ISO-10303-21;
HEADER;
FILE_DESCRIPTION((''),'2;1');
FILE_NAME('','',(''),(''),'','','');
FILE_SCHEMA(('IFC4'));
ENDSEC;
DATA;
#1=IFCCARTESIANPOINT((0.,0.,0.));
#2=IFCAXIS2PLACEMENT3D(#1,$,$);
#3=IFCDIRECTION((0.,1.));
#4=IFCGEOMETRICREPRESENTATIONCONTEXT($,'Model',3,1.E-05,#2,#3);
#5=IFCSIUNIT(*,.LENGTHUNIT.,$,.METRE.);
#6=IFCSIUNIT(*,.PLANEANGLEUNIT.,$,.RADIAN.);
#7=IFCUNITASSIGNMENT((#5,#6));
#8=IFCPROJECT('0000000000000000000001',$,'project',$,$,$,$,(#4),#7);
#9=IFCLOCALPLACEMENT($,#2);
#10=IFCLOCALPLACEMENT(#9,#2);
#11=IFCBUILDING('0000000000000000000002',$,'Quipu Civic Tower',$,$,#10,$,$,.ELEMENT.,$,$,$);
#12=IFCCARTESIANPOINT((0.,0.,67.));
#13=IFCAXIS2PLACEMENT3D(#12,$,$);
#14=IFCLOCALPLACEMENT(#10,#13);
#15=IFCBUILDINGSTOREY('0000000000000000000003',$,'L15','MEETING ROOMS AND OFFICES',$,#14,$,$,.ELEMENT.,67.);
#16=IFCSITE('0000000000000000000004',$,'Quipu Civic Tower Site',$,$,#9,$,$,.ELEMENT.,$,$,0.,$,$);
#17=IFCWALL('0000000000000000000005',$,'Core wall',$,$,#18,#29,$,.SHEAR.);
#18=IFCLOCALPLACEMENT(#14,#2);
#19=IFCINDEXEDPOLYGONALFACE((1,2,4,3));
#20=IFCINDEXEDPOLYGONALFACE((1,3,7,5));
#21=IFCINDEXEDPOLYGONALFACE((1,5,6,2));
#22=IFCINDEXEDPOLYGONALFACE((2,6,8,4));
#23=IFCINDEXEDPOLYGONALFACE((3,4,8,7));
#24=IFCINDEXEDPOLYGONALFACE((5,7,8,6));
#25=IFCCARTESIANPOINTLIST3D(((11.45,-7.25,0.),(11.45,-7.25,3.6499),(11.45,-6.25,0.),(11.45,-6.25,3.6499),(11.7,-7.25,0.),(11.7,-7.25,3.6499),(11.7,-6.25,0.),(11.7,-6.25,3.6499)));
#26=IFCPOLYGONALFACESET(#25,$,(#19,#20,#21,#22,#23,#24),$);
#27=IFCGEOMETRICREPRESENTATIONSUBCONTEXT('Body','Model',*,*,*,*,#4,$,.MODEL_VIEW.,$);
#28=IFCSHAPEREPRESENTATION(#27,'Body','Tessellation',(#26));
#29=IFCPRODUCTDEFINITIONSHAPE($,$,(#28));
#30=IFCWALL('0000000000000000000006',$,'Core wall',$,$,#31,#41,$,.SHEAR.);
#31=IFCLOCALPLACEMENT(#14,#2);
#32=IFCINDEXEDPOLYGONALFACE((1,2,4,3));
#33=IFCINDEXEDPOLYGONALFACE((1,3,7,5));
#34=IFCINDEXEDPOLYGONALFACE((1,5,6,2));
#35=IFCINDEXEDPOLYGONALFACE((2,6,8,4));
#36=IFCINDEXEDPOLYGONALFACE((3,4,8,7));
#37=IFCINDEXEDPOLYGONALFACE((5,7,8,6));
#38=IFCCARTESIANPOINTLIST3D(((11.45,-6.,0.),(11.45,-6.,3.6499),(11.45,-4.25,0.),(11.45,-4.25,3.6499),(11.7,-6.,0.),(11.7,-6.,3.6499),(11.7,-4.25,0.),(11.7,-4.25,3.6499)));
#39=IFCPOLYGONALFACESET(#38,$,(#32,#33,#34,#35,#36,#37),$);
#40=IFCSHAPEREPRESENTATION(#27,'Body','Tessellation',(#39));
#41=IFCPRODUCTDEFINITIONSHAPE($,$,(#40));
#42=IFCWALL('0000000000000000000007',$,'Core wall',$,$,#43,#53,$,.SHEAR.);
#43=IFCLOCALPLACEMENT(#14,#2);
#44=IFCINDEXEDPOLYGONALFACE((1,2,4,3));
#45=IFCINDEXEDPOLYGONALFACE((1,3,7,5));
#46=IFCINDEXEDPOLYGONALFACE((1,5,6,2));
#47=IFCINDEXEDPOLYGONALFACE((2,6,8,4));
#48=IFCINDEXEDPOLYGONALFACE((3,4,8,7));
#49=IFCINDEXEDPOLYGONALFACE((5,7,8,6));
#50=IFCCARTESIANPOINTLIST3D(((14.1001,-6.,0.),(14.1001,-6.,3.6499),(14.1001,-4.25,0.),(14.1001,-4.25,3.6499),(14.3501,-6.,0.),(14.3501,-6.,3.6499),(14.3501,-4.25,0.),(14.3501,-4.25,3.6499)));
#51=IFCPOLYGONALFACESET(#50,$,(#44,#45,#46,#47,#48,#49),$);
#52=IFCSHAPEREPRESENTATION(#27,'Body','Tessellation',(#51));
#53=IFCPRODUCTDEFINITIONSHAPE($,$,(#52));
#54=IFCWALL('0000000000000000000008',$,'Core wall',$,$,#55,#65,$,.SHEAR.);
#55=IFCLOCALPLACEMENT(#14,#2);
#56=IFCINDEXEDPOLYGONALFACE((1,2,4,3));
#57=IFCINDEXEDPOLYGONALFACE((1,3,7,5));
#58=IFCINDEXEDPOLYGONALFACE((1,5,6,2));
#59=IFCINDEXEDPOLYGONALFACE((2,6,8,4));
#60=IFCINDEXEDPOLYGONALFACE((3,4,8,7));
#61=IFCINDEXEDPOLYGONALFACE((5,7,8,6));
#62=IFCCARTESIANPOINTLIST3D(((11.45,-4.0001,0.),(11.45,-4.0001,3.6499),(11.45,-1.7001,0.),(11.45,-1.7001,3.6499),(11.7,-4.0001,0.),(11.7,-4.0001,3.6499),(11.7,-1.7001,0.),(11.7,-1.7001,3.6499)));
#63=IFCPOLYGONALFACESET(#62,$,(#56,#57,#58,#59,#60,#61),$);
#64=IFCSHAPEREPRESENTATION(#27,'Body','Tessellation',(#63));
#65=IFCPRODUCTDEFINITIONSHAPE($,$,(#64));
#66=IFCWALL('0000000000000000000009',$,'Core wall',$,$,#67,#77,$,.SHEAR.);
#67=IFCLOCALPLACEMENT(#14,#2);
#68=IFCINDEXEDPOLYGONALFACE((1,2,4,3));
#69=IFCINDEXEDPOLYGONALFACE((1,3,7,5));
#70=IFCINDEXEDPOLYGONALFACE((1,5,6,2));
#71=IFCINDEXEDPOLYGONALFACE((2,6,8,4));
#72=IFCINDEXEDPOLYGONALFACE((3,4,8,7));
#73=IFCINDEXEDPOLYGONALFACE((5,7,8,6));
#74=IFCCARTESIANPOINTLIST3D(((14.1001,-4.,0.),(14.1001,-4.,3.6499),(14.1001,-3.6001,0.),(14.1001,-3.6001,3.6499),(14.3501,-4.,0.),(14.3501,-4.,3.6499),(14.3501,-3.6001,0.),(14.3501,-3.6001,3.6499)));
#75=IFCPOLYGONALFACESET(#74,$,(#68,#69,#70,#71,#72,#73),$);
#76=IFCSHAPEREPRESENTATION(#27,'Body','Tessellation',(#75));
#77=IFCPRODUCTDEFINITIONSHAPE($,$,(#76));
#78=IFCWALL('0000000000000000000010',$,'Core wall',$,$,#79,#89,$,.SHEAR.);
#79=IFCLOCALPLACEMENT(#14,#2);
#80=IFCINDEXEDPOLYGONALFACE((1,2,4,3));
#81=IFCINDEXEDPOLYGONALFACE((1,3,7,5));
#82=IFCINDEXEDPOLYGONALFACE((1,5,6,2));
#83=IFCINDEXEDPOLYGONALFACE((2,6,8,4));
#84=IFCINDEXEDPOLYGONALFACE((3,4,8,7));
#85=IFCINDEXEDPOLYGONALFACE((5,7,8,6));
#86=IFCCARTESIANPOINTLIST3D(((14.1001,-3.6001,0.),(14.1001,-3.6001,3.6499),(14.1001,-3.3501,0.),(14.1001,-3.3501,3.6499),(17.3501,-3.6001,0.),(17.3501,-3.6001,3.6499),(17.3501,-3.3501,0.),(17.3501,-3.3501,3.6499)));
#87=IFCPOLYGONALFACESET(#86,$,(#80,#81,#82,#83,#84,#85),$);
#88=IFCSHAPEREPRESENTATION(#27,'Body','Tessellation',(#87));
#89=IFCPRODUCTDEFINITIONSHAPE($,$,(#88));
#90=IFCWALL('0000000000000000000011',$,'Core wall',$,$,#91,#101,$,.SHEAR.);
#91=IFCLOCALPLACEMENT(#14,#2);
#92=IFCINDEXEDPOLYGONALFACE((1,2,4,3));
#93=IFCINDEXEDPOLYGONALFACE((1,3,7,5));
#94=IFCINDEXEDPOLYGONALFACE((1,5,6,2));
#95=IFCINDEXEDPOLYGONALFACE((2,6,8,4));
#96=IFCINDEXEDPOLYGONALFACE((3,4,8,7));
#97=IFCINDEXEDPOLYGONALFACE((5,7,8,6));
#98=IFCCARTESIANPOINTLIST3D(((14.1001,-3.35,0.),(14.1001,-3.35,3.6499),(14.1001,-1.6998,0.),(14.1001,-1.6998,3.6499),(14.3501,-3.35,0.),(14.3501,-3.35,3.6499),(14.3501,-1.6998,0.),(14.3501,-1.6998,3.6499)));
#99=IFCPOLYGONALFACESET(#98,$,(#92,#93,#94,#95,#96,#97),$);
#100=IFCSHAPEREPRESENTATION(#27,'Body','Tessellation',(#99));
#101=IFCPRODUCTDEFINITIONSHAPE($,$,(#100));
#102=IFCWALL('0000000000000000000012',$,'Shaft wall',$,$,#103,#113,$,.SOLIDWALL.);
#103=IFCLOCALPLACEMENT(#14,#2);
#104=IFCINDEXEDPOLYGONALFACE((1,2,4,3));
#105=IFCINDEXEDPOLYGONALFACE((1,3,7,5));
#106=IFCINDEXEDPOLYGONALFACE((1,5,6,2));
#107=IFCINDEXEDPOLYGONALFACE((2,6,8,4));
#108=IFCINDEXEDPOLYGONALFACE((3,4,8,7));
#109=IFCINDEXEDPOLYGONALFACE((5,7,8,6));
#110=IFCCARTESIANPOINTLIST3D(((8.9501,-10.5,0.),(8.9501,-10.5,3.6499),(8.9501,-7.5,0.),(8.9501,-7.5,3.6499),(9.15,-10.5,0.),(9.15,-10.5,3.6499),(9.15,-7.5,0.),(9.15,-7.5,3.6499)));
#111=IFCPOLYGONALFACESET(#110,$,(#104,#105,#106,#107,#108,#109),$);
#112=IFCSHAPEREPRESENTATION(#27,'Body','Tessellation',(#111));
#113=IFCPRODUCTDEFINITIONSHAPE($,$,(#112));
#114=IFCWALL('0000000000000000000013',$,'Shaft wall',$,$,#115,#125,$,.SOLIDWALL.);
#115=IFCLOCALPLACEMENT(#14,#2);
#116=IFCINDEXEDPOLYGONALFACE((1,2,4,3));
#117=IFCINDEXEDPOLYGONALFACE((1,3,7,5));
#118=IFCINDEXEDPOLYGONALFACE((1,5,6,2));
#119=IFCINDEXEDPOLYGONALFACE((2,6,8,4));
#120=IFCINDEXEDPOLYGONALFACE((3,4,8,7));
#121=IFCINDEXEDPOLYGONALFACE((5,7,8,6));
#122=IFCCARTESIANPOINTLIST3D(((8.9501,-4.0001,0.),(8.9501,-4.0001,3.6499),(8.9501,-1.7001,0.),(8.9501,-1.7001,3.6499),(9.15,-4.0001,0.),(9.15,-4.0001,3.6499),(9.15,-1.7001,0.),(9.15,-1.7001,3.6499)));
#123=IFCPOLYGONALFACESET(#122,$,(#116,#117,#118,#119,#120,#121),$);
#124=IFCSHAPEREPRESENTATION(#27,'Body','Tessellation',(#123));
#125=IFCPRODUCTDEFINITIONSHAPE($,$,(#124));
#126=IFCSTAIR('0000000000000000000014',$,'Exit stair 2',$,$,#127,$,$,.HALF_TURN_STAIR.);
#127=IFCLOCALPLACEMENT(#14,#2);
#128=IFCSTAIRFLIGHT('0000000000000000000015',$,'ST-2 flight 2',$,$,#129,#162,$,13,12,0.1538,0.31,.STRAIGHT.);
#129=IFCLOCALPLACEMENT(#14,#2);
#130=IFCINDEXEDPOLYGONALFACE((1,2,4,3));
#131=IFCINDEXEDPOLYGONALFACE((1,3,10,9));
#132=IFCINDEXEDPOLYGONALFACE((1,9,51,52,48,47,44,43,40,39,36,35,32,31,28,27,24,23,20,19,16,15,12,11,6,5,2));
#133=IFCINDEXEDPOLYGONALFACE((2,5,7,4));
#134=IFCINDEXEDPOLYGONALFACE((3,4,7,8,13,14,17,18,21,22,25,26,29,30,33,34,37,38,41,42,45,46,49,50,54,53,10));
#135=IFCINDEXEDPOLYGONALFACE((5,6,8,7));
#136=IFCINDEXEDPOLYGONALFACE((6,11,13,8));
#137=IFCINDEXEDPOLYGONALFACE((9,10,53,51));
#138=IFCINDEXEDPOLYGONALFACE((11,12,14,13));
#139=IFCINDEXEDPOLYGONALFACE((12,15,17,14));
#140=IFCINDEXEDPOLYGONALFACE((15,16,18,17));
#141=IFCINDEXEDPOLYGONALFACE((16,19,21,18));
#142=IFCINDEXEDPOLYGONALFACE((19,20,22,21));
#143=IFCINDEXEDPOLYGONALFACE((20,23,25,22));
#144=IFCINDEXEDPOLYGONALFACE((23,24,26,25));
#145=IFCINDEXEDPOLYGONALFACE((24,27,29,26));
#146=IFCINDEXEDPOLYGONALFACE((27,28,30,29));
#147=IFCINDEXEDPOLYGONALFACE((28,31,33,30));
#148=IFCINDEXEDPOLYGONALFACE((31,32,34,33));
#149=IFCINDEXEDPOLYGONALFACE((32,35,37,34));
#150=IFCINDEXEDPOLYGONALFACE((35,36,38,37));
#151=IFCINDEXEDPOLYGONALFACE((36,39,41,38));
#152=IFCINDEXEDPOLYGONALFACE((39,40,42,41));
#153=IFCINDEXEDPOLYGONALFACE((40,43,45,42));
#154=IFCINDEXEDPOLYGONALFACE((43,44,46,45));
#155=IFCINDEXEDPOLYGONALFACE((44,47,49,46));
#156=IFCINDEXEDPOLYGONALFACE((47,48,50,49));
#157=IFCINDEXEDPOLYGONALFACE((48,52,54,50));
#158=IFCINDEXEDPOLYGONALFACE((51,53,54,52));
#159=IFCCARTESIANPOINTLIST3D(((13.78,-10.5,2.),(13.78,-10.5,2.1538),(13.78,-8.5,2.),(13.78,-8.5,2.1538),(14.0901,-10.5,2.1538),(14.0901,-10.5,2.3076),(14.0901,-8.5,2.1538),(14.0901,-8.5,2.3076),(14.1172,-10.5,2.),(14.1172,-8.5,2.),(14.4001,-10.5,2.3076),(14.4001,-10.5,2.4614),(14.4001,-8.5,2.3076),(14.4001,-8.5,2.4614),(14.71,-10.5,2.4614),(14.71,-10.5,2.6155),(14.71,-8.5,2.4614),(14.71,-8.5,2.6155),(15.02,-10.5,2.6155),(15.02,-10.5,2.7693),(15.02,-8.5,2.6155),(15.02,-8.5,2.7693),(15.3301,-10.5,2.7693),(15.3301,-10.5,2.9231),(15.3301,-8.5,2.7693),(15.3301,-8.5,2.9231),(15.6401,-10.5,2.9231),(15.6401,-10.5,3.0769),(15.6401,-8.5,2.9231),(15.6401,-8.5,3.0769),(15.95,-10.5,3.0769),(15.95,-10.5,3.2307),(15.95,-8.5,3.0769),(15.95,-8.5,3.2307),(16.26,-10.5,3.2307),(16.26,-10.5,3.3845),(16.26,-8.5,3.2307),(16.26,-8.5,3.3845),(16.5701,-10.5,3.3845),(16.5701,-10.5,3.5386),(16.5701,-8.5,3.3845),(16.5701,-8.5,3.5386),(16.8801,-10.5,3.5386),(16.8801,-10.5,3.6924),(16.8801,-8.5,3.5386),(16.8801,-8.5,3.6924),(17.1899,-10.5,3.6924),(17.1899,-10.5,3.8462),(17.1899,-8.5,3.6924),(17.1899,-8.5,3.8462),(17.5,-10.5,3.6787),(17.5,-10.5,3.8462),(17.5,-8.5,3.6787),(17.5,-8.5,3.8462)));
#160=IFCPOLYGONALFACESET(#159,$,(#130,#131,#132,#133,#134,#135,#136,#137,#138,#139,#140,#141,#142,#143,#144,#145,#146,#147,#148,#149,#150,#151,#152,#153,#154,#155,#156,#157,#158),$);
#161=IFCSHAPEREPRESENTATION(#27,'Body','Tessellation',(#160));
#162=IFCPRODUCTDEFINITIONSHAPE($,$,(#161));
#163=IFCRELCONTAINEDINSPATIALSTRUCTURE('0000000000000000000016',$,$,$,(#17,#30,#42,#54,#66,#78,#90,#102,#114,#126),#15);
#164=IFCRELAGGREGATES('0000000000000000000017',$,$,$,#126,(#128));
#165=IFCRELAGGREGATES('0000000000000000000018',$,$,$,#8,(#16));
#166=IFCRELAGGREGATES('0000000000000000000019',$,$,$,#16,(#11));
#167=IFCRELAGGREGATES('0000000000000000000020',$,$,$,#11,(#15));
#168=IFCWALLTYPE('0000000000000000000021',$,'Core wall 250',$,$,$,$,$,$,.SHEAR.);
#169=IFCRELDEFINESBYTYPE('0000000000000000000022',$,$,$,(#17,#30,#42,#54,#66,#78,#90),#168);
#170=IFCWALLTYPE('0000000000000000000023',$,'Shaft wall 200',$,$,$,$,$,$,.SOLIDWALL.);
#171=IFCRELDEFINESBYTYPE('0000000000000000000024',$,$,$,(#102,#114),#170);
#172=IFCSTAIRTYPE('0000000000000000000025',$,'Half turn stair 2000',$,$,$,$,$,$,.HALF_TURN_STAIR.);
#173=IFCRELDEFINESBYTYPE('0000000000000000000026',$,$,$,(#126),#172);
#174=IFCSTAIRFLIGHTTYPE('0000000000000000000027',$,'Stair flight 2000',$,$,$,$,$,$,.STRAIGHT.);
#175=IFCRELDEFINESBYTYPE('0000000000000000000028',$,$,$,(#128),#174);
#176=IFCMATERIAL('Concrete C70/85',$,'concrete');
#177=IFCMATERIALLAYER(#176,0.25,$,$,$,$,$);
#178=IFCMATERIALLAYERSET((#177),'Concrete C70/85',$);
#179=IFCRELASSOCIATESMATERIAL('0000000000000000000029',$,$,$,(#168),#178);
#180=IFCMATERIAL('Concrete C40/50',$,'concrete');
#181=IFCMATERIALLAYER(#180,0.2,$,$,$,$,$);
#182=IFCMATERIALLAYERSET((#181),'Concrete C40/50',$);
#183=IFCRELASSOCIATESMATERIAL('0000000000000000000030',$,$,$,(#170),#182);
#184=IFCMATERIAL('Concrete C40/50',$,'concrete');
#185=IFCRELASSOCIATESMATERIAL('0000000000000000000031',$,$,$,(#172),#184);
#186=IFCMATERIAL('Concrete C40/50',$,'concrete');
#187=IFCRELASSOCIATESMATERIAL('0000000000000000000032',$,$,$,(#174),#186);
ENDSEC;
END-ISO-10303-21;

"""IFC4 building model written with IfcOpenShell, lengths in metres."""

from ifc_helpers import new_model, si_unit, direction, frame, frame_2d, origin, place, context, subcontext, project, spatial, polyline, rectangle, outline, extrude, material, layer, layer_set, type_object, element, aggregate, save


model = new_model("IFC4")

# Units and contexts
model_context = context("Model", 3, precision=1e-05, world=origin(), true_north=direction((0.0, 1.0)))
body_context = subcontext(model_context, "Body", "Model", "MODEL_VIEW")
ifc_project = project(units=[si_unit("LENGTHUNIT", "METRE"), si_unit("PLANEANGLEUNIT", "RADIAN")], contexts=[model_context])

# Site, building, storey
site_placement = place(None, origin())
site = spatial("IfcSite", under=ifc_project, at=site_placement, Name="Quipu Civic Tower Site", CompositionType="ELEMENT", RefElevation=0.0)
building_placement = place(site_placement, origin())
building = spatial("IfcBuilding", under=site, at=building_placement, Name="Quipu Civic Tower", CompositionType="ELEMENT")
storey_placement = place(building_placement, frame((0.0, 0.0, 67.0)))
storey = spatial("IfcBuildingStorey", under=building, at=storey_placement, Name="L15", Description="MEETING ROOMS AND OFFICES", CompositionType="ELEMENT", Elevation=67.0)

# Shared definitions
ifc_material_1 = material(Name="Concrete C70/85", Category="concrete")
ifc_layer_1 = layer(ifc_material_1, 0.25)
ifc_layer_set_1 = layer_set([ifc_layer_1], Name="Concrete C70/85")
wall_type_1 = type_object("IfcWallType", Name="Core wall 250", PredefinedType="SHEAR", material=ifc_layer_set_1)

# Walls
wall_1_placement = place(storey_placement, frame((11.575, -7.25, 0.0), z_axis=(0.0, 0.0, 1.0), x_axis=(0.0, 1.0, 0.0)))
element("IfcWall", 1, at=wall_1_placement, inside=storey, type_object=wall_type_1, Name="Core wall", PredefinedType="SHEAR", context=body_context, shape_type="SweptSolid", body=[
    extrude(rectangle(XDim=1.0, YDim=0.25, at=frame_2d((0.5, 0.0))), origin(), (0.0, 0.0, 1.0), 3.6499),
])
for number, where, z_axis, x_axis, name in (
    (2, (11.575, -6.0, 0.0), (0.0, 0.0, 1.0), (0.0, 1.0, 0.0), "Core wall"),
    (3, (14.2251, -6.0, 0.0), (0.0, 0.0, 1.0), (0.0, 1.0, 0.0), "Core wall"),
):
    element("IfcWall", number, at=place(storey_placement, frame(where, z_axis=z_axis, x_axis=x_axis)), inside=storey, type_object=wall_type_1, Name=name, PredefinedType="SHEAR", context=body_context, shape_type="SweptSolid", body=[
        extrude(rectangle(XDim=1.75, YDim=0.25, at=frame_2d((0.875, 0.0))), origin(), (0.0, 0.0, 1.0), 3.6499),
    ])
wall_2_placement = place(storey_placement, frame((11.575, -4.0, 0.0), z_axis=(0.0, 0.0, 1.0), x_axis=(0.0, 1.0, 0.0)))
element("IfcWall", 4, at=wall_2_placement, inside=storey, type_object=wall_type_1, Name="Core wall", PredefinedType="SHEAR", context=body_context, shape_type="SweptSolid", body=[
    extrude(rectangle(XDim=2.3, YDim=0.25, at=frame_2d((1.1499, 0.0))), origin(), (0.0, 0.0, 1.0), 3.6499),
])
wall_3_placement = place(storey_placement, frame((14.2251, -4.0, 0.0), z_axis=(0.0, 0.0, 1.0), x_axis=(0.0, 1.0, 0.0)))
element("IfcWall", 5, at=wall_3_placement, inside=storey, type_object=wall_type_1, Name="Core wall", PredefinedType="SHEAR", context=body_context, shape_type="SweptSolid", body=[
    extrude(rectangle(XDim=0.3999, YDim=0.25, at=frame_2d((0.2, 0.0))), origin(), (0.0, 0.0, 1.0), 3.6499),
])
wall_4_placement = place(storey_placement, frame((14.1001, -3.4751, 0.0), z_axis=(0.0, 0.0, 1.0), x_axis=(1.0, 0.0, 0.0)))
element("IfcWall", 6, at=wall_4_placement, inside=storey, type_object=wall_type_1, Name="Core wall", PredefinedType="SHEAR", context=body_context, shape_type="SweptSolid", body=[
    extrude(rectangle(XDim=3.25, YDim=0.25, at=frame_2d((1.625, 0.0))), origin(), (0.0, 0.0, 1.0), 3.6499),
])
wall_5_placement = place(storey_placement, frame((14.2251, -3.3501, 0.0), z_axis=(0.0, 0.0, 1.0), x_axis=(0.0, 1.0, 0.0)))
element("IfcWall", 7, at=wall_5_placement, inside=storey, type_object=wall_type_1, Name="Core wall", PredefinedType="SHEAR", context=body_context, shape_type="SweptSolid", body=[
    extrude(rectangle(XDim=1.6501, YDim=0.25, at=frame_2d((0.8252, 0.0))), origin(), (0.0, 0.0, 1.0), 3.6499),
])
ifc_material_2 = material(Name="Concrete C40/50", Category="concrete")
ifc_layer_2 = layer(ifc_material_2, 0.2)
ifc_layer_set_2 = layer_set([ifc_layer_2], Name="Concrete C40/50")
wall_type_2 = type_object("IfcWallType", Name="Shaft wall 200", PredefinedType="SOLIDWALL", material=ifc_layer_set_2)
wall_6_placement = place(storey_placement, frame((9.05, -10.5, 0.0), z_axis=(0.0, 0.0, 1.0), x_axis=(0.0, 1.0, 0.0)))
element("IfcWall", 8, at=wall_6_placement, inside=storey, type_object=wall_type_2, Name="Shaft wall", PredefinedType="SOLIDWALL", context=body_context, shape_type="SweptSolid", body=[
    extrude(rectangle(XDim=3.0, YDim=0.2, at=frame_2d((1.5, 0.0))), origin(), (0.0, 0.0, 1.0), 3.6499),
])
wall_7_placement = place(storey_placement, frame((9.05, -4.0, 0.0), z_axis=(0.0, 0.0, 1.0), x_axis=(0.0, 1.0, 0.0)))
element("IfcWall", 9, at=wall_7_placement, inside=storey, type_object=wall_type_2, Name="Shaft wall", PredefinedType="SOLIDWALL", context=body_context, shape_type="SweptSolid", body=[
    extrude(rectangle(XDim=2.3, YDim=0.2, at=frame_2d((1.1499, 0.0))), origin(), (0.0, 0.0, 1.0), 3.6499),
])

# Stair, stair flight
ifc_material_3 = material(Name="Concrete C40/50", Category="concrete")
stair_type = type_object("IfcStairType", Name="Half turn stair 2000", PredefinedType="HALF_TURN_STAIR", material=ifc_material_3)
stair_placement = place(storey_placement, origin())
stair = element("IfcStair", 10, at=stair_placement, inside=storey, type_object=stair_type, Name="Exit stair 2", PredefinedType="HALF_TURN_STAIR")
ifc_material_4 = material(Name="Concrete C40/50", Category="concrete")
stair_flight_type = type_object("IfcStairFlightType", Name="Stair flight 2000", PredefinedType="STRAIGHT", material=ifc_material_4)
stair_flight_placement = place(storey_placement, frame((13.78, -9.5, 2.0), z_axis=(0.0, 0.0, 1.0), x_axis=(1.0, 0.0, 0.0)))
stair_flight = element("IfcStairFlight", 11, at=stair_flight_placement, type_object=stair_flight_type, Name="ST-2 flight 2", NumberOfRisers=13, NumberOfTreads=12, PredefinedType="STRAIGHT", RiserHeight=0.1538, TreadLength=0.31, context=body_context, shape_type="SweptSolid", body=[
    extrude(outline(polyline([(0.0, 0.0), (0.0, 0.1538), (0.3101, 0.1538), (0.3101, 0.3076), (0.6201, 0.3076), (0.6201, 0.4614), (0.9299, 0.4614), (0.9299, 0.6155), (1.24, 0.6155), (1.24, 0.7693), (1.55, 0.7693), (1.55, 0.9231), (1.8601, 0.9231), (1.8601, 1.0769), (2.1699, 1.0769), (2.1699, 1.2307), (2.48, 1.2307), (2.48, 1.3845), (2.79, 1.3845), (2.79, 1.5386), (3.1001, 1.5386), (3.1001, 1.6924), (3.4099, 1.6924), (3.4099, 1.8462), (3.72, 1.8462), (3.72, 2.0), (3.72, 1.6787), (0.3372, 0.0), (0.0, 0.0)])), frame((0.0, 1.0, 0.0), z_axis=(0.0, -1.0, 0.0), x_axis=(1.0, 0.0, 0.0)), (0.0, 0.0, 1.0), 2.0),
])
aggregate(stair, [stair_flight])

save(model, "model.ifc")
